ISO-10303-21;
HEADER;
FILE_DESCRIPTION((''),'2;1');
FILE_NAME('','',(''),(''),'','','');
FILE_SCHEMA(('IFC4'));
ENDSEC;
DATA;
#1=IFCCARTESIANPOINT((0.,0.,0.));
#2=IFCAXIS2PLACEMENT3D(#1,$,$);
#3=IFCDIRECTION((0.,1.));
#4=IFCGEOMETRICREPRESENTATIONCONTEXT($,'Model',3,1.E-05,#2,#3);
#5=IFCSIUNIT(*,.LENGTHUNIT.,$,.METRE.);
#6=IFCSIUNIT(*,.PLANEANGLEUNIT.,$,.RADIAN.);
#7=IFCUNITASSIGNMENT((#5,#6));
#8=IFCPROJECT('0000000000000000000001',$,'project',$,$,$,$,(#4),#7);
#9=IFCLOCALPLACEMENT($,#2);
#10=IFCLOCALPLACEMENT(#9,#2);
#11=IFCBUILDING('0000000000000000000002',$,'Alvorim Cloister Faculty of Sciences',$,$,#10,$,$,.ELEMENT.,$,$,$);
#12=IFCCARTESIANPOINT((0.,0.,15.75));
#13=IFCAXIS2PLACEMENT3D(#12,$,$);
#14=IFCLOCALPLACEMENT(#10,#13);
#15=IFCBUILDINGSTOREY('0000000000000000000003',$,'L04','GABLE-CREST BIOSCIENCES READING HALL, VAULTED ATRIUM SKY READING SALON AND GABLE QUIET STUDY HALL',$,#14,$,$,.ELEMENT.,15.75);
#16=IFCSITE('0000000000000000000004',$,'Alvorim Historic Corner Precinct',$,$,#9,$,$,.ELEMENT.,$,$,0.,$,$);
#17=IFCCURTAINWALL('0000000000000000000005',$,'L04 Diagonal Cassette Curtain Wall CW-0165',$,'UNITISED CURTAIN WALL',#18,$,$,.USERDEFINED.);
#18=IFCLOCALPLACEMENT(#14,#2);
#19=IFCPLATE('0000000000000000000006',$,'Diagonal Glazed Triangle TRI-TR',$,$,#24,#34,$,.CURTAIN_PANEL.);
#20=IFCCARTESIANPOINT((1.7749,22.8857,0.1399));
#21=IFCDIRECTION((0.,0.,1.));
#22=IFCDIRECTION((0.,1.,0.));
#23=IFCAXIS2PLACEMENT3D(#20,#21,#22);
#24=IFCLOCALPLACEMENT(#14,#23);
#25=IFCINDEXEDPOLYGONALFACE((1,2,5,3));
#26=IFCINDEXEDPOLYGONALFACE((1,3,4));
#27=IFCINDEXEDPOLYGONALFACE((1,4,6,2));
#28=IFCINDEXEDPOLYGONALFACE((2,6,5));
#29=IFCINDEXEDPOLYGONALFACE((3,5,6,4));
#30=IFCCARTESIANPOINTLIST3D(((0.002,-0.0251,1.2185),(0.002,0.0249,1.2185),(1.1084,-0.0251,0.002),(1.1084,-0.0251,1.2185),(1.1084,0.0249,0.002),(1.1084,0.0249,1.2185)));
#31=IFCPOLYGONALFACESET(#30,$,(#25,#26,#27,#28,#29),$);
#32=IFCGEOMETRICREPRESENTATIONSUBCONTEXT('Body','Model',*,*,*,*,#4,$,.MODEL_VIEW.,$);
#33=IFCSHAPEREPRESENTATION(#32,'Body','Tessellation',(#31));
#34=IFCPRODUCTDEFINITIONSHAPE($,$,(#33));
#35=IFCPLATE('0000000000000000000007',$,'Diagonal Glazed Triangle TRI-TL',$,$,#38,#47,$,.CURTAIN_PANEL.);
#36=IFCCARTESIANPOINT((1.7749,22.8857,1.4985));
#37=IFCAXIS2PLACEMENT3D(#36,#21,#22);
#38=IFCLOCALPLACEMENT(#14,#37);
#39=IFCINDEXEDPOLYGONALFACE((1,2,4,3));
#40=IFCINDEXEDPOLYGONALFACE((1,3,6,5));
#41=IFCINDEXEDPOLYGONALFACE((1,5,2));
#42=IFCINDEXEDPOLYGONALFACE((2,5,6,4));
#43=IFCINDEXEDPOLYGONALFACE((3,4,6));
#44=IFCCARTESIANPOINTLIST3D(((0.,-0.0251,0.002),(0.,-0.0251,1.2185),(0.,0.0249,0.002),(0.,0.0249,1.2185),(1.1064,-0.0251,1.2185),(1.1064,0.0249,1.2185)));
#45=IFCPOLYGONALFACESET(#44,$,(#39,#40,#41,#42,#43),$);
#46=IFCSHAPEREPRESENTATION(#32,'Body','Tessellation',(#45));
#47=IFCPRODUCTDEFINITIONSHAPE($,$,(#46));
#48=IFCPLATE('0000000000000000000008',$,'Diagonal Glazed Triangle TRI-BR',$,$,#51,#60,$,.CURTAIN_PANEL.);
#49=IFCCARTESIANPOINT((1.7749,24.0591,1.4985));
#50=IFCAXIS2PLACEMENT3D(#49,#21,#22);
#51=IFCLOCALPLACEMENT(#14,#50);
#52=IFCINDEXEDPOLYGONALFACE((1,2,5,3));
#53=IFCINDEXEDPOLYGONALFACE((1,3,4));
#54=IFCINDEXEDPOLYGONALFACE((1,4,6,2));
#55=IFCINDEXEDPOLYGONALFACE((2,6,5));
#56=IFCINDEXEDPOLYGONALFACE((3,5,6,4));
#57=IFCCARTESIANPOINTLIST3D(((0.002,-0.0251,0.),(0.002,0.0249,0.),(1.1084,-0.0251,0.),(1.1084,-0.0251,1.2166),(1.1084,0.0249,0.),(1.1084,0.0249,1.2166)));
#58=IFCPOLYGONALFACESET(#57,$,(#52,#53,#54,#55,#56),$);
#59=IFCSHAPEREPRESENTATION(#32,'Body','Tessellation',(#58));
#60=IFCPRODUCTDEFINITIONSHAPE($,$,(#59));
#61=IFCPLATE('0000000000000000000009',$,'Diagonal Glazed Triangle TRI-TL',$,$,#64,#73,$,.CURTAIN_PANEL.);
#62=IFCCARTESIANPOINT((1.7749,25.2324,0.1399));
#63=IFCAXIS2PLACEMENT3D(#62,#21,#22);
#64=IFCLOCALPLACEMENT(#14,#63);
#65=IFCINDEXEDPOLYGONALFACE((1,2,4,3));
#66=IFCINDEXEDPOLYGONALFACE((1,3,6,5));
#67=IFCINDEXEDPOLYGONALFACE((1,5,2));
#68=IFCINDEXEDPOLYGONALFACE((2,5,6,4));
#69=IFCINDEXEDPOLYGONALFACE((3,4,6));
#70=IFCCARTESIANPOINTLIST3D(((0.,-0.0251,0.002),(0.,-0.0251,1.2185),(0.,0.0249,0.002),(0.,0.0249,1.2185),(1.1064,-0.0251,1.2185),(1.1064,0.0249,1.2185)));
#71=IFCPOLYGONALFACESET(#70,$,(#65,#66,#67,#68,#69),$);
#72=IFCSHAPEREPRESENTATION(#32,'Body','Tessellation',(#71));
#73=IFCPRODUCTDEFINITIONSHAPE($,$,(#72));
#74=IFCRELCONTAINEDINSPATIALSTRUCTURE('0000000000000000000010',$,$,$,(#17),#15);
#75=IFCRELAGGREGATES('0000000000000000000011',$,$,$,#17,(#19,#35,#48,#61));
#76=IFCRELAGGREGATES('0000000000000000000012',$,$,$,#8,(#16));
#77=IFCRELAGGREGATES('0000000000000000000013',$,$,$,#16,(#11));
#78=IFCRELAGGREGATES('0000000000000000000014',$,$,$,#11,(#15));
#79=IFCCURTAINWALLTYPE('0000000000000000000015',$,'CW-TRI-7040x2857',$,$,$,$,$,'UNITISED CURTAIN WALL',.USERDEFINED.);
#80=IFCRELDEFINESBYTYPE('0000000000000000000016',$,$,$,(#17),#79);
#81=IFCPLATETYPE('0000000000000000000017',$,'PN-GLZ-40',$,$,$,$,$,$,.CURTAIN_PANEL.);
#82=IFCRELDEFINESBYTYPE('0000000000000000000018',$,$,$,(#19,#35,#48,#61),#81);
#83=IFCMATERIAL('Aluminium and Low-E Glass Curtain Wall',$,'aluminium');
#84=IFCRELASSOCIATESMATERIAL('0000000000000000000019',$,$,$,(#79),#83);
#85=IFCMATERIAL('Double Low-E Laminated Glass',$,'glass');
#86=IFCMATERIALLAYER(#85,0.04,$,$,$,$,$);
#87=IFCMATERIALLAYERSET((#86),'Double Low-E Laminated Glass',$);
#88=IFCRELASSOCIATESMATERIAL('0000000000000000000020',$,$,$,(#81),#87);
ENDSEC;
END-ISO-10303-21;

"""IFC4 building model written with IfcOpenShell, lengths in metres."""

from ifc_helpers import new_model, si_unit, direction, frame, origin, place, context, subcontext, project, spatial, polyline, outline, extrude, material, layer, layer_set, type_object, element, aggregate, save


model = new_model("IFC4")

# Units and contexts
model_context = context("Model", 3, precision=1e-05, world=origin(), true_north=direction((0.0, 1.0)))
body_context = subcontext(model_context, "Body", "Model", "MODEL_VIEW")
ifc_project = project(units=[si_unit("LENGTHUNIT", "METRE"), si_unit("PLANEANGLEUNIT", "RADIAN")], contexts=[model_context])

# Site, building, storey
site_placement = place(None, origin())
site = spatial("IfcSite", under=ifc_project, at=site_placement, Name="Alvorim Historic Corner Precinct", CompositionType="ELEMENT", RefElevation=0.0)
building_placement = place(site_placement, origin())
building = spatial("IfcBuilding", under=site, at=building_placement, Name="Alvorim Cloister Faculty of Sciences", CompositionType="ELEMENT")
storey_placement = place(building_placement, frame((0.0, 0.0, 15.75)))
storey = spatial("IfcBuildingStorey", under=building, at=storey_placement, Name="L04", Description="GABLE-CREST BIOSCIENCES READING HALL, VAULTED ATRIUM SKY READING SALON AND GABLE QUIET STUDY HALL", CompositionType="ELEMENT", Elevation=15.75)

# Curtain wall, plates
ifc_material_1 = material(Name="Aluminium and Low-E Glass Curtain Wall", Category="aluminium")
curtain_wall_type = type_object("IfcCurtainWallType", Name="CW-TRI-7040x2857", ElementType="UNITISED CURTAIN WALL", PredefinedType="USERDEFINED", material=ifc_material_1)
curtain_wall_placement = place(storey_placement, origin())
curtain_wall = element("IfcCurtainWall", 1, at=curtain_wall_placement, inside=storey, type_object=curtain_wall_type, Name="L04 Diagonal Cassette Curtain Wall CW-0165", ObjectType="UNITISED CURTAIN WALL", PredefinedType="USERDEFINED")
ifc_material_2 = material(Name="Double Low-E Laminated Glass", Category="glass")
ifc_layer_1 = layer(ifc_material_2, 0.04)
ifc_layer_set_1 = layer_set([ifc_layer_1], Name="Double Low-E Laminated Glass")
plate_type = type_object("IfcPlateType", Name="PN-GLZ-40", PredefinedType="CURTAIN_PANEL", material=ifc_layer_set_1)
plate_1_placement = place(storey_placement, frame((1.7749, 22.8857, 0.1399), z_axis=(0.0, 0.0, 1.0), x_axis=(0.0, 1.0, 0.0)))
plate_1 = element("IfcPlate", 2, at=plate_1_placement, type_object=plate_type, Name="Diagonal Glazed Triangle TRI-TR", PredefinedType="CURTAIN_PANEL", context=body_context, shape_type="SweptSolid", body=[
    extrude(outline(polyline([(1.1084, 0.002), (1.1084, 1.2185), (0.002, 1.2185), (1.1084, 0.002)])), frame((0.0, 0.0249, 0.0), z_axis=(0.0, -1.0, 0.0), x_axis=(1.0, 0.0, 0.0)), (0.0, 0.0, 1.0), 0.05),
])
plate_2_placement = place(storey_placement, frame((1.7749, 22.8857, 1.4985), z_axis=(0.0, 0.0, 1.0), x_axis=(0.0, 1.0, 0.0)))
plate_2 = element("IfcPlate", 3, at=plate_2_placement, type_object=plate_type, Name="Diagonal Glazed Triangle TRI-TL", PredefinedType="CURTAIN_PANEL", context=body_context, shape_type="SweptSolid", body=[
    extrude(outline(polyline([(1.1064, 1.2185), (0.0, 1.2185), (0.0, 0.002), (1.1064, 1.2185)])), frame((0.0, 0.0249, 0.0), z_axis=(0.0, -1.0, 0.0), x_axis=(1.0, 0.0, 0.0)), (0.0, 0.0, 1.0), 0.05),
])
plate_3_placement = place(storey_placement, frame((1.7749, 24.0591, 1.4985), z_axis=(0.0, 0.0, 1.0), x_axis=(0.0, 1.0, 0.0)))
plate_3 = element("IfcPlate", 4, at=plate_3_placement, type_object=plate_type, Name="Diagonal Glazed Triangle TRI-BR", PredefinedType="CURTAIN_PANEL", context=body_context, shape_type="SweptSolid", body=[
    extrude(outline(polyline([(0.002, 0.0), (1.1084, 0.0), (1.1084, 1.2166), (0.002, 0.0)])), frame((0.0, 0.0249, 0.0), z_axis=(0.0, -1.0, 0.0), x_axis=(1.0, 0.0, 0.0)), (0.0, 0.0, 1.0), 0.05),
])
plate_4_placement = place(storey_placement, frame((1.7749, 25.2324, 0.1399), z_axis=(0.0, 0.0, 1.0), x_axis=(0.0, 1.0, 0.0)))
plate_4 = element("IfcPlate", 5, at=plate_4_placement, type_object=plate_type, Name="Diagonal Glazed Triangle TRI-TL", PredefinedType="CURTAIN_PANEL", context=body_context, shape_type="SweptSolid", body=[
    extrude(outline(polyline([(1.1064, 1.2185), (0.0, 1.2185), (0.0, 0.002), (1.1064, 1.2185)])), frame((0.0, 0.0249, 0.0), z_axis=(0.0, -1.0, 0.0), x_axis=(1.0, 0.0, 0.0)), (0.0, 0.0, 1.0), 0.05),
])
aggregate(curtain_wall, [plate_1, plate_2, plate_3, plate_4])

save(model, "model.ifc")
